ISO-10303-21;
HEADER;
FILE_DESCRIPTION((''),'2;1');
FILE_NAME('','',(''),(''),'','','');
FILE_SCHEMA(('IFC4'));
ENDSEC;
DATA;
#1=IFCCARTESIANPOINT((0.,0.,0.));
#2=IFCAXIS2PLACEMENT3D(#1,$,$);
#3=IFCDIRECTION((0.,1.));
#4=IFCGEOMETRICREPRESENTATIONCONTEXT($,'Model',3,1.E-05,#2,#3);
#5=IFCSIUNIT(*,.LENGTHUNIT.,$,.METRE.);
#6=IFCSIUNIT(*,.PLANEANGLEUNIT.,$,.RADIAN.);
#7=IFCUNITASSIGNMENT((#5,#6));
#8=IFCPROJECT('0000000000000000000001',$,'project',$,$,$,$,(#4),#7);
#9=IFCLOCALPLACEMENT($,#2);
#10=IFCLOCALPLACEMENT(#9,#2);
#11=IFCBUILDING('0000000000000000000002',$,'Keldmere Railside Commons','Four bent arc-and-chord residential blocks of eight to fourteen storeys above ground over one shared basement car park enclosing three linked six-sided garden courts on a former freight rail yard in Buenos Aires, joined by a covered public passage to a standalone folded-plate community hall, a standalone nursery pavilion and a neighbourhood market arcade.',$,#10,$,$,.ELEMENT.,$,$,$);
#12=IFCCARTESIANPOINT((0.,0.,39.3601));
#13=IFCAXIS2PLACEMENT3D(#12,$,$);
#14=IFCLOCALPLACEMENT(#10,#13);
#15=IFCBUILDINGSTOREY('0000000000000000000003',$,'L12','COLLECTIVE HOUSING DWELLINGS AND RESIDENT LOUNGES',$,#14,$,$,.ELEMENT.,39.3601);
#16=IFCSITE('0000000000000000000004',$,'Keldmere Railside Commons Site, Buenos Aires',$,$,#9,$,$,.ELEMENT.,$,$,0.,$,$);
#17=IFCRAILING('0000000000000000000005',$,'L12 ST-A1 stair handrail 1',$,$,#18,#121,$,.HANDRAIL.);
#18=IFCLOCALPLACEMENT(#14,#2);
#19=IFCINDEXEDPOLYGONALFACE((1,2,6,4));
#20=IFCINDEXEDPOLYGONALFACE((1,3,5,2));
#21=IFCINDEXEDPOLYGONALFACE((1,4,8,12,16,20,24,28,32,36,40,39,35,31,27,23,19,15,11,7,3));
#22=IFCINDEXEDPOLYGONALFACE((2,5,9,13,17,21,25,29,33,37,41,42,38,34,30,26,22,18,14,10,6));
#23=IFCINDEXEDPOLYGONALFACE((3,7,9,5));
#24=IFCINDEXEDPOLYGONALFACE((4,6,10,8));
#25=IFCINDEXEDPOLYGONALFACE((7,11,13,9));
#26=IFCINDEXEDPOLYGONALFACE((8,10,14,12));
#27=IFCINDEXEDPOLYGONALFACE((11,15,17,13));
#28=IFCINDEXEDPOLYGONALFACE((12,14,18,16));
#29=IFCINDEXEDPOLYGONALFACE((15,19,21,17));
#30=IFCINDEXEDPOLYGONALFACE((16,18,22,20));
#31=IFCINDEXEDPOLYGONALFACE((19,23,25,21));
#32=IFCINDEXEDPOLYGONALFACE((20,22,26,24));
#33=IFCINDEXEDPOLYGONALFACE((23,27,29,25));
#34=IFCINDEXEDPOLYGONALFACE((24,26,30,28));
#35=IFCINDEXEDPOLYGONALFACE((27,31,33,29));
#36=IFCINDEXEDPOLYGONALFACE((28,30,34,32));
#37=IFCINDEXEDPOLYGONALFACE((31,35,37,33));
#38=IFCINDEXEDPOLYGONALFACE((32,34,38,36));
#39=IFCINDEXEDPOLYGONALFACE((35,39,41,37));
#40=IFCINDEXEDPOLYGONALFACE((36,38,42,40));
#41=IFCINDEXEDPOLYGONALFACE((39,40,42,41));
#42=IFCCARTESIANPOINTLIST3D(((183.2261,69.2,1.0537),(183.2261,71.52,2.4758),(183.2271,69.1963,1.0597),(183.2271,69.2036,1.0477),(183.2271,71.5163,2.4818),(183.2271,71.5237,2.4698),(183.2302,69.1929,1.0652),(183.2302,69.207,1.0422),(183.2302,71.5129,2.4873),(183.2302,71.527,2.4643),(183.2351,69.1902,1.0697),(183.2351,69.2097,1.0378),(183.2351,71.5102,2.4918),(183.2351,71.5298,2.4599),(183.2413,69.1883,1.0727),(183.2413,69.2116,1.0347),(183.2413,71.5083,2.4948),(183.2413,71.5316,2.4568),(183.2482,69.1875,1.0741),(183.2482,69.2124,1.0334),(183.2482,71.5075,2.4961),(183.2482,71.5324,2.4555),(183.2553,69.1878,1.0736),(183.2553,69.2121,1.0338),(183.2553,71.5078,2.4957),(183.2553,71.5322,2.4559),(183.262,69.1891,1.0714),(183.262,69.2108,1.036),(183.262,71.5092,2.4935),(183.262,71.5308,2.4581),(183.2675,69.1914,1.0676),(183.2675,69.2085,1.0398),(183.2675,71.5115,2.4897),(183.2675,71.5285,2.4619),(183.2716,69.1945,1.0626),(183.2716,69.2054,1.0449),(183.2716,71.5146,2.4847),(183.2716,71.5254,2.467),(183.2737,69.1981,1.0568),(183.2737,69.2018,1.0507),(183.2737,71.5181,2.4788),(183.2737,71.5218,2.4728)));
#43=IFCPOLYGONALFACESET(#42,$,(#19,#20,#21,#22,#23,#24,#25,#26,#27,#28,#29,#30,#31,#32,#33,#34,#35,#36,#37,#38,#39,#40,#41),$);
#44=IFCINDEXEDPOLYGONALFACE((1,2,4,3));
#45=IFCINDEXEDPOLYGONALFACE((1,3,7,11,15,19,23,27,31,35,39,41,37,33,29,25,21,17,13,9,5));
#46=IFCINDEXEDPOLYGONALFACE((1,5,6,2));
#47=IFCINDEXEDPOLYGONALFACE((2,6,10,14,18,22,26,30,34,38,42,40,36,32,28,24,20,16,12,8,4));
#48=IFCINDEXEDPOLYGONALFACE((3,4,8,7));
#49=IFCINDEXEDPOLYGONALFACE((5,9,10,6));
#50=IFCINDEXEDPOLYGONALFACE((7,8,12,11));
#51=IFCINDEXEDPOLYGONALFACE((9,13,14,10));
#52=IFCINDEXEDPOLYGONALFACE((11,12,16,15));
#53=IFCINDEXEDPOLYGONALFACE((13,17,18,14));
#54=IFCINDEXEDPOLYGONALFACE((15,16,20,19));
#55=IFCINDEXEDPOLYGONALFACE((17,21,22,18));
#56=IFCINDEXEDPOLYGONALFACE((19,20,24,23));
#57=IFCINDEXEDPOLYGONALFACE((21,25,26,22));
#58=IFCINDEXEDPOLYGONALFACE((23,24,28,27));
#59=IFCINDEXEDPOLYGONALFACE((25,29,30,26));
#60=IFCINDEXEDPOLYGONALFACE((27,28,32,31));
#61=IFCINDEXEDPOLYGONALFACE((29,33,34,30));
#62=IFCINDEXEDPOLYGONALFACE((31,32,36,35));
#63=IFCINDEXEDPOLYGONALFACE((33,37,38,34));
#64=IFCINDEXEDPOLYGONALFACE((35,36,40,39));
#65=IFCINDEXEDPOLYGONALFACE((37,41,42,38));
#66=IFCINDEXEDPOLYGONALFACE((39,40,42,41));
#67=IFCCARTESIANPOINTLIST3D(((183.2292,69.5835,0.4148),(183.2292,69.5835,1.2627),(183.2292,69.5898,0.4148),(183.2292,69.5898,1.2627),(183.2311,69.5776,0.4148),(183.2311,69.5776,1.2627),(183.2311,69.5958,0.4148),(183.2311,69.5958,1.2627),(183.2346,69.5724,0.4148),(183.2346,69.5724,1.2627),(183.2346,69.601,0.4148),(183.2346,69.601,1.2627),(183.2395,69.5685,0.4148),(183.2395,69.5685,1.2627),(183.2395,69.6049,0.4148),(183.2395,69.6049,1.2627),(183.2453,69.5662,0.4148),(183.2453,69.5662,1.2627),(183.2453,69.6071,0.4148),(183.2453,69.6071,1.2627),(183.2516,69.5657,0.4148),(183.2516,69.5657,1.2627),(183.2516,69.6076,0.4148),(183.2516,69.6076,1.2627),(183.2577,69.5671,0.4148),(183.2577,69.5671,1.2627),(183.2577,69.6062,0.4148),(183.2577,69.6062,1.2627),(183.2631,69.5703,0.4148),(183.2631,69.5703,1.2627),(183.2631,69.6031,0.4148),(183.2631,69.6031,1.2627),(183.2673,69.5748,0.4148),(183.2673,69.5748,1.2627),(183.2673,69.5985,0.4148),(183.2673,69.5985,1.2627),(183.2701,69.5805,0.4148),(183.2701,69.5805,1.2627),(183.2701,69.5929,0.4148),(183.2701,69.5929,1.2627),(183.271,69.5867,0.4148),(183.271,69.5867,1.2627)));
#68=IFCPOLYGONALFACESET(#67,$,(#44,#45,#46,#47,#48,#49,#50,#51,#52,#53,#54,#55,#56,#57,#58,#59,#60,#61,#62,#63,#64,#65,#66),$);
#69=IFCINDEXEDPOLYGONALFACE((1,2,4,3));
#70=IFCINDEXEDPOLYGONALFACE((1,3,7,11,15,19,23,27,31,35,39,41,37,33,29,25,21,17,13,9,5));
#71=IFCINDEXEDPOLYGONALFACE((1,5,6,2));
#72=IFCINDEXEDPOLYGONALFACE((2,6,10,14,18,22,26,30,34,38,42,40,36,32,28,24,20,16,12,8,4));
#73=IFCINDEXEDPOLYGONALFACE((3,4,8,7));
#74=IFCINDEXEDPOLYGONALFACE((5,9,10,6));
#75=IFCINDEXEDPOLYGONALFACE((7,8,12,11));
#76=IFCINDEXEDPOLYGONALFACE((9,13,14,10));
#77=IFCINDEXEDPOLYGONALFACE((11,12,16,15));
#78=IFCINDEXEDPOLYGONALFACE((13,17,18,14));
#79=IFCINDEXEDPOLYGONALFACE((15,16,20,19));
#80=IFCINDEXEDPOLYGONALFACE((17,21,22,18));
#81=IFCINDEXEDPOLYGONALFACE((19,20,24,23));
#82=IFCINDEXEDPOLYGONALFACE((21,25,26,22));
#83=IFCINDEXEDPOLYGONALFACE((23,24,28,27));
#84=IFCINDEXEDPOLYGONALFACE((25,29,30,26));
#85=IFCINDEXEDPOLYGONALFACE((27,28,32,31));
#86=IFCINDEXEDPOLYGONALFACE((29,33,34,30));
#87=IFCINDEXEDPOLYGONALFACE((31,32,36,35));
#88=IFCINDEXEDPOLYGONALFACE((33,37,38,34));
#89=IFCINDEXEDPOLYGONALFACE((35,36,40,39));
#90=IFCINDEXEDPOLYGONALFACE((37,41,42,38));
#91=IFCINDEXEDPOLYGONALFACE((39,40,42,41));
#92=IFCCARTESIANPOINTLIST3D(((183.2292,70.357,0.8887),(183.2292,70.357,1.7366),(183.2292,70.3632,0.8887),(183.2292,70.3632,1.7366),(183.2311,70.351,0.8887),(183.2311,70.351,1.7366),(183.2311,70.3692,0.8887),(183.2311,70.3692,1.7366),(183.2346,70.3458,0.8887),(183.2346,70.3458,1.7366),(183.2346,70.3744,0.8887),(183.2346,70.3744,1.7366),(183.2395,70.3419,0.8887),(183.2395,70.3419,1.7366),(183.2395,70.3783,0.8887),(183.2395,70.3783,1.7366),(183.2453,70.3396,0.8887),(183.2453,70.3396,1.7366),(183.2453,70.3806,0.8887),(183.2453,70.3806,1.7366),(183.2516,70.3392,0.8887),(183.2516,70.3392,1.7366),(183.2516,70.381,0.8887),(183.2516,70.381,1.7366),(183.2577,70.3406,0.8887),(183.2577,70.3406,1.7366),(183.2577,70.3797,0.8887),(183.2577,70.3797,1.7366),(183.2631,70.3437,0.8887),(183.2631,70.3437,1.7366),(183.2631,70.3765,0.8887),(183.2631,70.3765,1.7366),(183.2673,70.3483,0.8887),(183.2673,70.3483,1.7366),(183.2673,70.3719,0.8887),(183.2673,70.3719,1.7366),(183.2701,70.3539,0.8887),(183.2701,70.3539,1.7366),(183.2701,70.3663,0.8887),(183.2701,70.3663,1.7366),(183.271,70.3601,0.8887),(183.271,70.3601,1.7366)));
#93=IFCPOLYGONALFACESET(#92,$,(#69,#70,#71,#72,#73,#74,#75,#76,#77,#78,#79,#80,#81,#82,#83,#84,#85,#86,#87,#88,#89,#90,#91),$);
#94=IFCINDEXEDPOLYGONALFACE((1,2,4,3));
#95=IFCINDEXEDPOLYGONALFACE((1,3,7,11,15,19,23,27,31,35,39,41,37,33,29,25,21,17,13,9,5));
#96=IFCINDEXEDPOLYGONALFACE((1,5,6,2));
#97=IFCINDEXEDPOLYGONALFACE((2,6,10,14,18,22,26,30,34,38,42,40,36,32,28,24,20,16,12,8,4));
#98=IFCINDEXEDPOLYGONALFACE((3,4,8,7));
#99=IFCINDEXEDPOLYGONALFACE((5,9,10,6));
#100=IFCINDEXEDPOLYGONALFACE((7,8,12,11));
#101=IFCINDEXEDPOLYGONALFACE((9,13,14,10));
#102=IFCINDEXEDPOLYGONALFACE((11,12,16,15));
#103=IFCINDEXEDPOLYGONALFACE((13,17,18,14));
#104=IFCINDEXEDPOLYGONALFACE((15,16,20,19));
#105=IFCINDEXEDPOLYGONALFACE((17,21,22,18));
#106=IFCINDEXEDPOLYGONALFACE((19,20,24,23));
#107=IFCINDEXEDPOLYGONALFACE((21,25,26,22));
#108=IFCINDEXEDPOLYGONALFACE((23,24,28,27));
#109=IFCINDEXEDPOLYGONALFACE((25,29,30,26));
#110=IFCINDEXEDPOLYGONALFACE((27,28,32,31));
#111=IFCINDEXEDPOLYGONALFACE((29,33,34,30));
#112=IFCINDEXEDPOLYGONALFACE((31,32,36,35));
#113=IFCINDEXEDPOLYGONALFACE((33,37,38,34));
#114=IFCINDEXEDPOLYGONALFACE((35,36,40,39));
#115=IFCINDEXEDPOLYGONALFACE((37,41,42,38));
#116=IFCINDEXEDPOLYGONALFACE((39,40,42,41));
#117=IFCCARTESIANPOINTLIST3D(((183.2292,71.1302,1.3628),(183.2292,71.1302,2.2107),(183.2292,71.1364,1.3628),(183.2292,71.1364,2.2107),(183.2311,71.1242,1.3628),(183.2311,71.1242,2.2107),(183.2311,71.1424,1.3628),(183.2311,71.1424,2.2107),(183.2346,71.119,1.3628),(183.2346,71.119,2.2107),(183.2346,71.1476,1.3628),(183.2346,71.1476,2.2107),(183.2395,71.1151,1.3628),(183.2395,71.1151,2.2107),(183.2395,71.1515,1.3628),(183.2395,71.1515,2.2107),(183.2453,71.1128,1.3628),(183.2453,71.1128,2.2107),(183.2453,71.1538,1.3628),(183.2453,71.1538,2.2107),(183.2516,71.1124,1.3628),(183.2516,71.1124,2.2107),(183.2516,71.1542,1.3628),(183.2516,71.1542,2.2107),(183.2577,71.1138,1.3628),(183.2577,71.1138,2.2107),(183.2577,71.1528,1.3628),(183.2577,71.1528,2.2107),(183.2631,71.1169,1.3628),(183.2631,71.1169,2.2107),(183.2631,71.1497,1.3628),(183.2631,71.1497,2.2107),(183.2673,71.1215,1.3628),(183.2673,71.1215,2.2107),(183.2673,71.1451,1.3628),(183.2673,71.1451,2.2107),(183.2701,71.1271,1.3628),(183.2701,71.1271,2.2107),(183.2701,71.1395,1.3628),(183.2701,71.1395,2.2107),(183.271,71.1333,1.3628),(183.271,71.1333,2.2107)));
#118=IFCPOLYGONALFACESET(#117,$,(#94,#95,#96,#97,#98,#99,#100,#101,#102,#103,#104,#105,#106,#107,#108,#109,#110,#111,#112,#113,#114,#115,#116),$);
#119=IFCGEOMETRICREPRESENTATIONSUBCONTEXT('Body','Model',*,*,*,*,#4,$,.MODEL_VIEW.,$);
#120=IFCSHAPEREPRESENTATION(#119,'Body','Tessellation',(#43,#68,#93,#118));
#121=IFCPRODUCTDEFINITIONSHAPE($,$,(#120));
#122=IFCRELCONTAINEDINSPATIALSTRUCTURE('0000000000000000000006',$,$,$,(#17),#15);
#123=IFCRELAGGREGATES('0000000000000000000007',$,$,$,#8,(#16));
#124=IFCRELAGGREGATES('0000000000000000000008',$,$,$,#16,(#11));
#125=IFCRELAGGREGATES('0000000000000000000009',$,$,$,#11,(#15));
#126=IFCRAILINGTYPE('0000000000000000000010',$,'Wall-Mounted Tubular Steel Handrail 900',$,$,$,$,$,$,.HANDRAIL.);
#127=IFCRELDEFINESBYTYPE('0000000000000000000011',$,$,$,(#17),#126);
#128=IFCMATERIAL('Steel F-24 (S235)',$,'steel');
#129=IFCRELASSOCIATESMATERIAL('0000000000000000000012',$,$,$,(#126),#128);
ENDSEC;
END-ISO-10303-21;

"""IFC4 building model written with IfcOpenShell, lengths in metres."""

from ifc_helpers import new_model, si_unit, direction, frame, origin, origin_2d, place, context, subcontext, project, spatial, circle, extrude, material, type_object, element, save


model = new_model("IFC4")

# Units and contexts
model_context = context("Model", 3, precision=1e-05, world=origin(), true_north=direction((0.0, 1.0)))
body_context = subcontext(model_context, "Body", "Model", "MODEL_VIEW")
ifc_project = project(units=[si_unit("LENGTHUNIT", "METRE"), si_unit("PLANEANGLEUNIT", "RADIAN")], contexts=[model_context])

# Site, building, storey
site_placement = place(None, origin())
site = spatial("IfcSite", under=ifc_project, at=site_placement, Name="Keldmere Railside Commons Site, Buenos Aires", CompositionType="ELEMENT", RefElevation=0.0)
building_placement = place(site_placement, origin())
building = spatial("IfcBuilding", under=site, at=building_placement, Name="Keldmere Railside Commons", Description="Four bent arc-and-chord residential blocks of eight to fourteen storeys above ground over one shared basement car park enclosing three linked six-sided garden courts on a former freight rail yard in Buenos Aires, joined by a covered public passage to a standalone folded-plate community hall, a standalone nursery pavilion and a neighbourhood market arcade.", CompositionType="ELEMENT")
storey_placement = place(building_placement, frame((0.0, 0.0, 39.3601)))
storey = spatial("IfcBuildingStorey", under=building, at=storey_placement, Name="L12", Description="COLLECTIVE HOUSING DWELLINGS AND RESIDENT LOUNGES", CompositionType="ELEMENT", Elevation=39.3601)

# Railing
ifc_material_1 = material(Name="Steel F-24 (S235)", Category="steel")
railing_type_1 = type_object("IfcRailingType", Name="Wall-Mounted Tubular Steel Handrail 900", PredefinedType="HANDRAIL", material=ifc_material_1)
railing_1_placement = place(storey_placement, frame((183.25, 69.2, 0.1777)))
element("IfcRailing", 1, at=railing_1_placement, inside=storey, type_object=railing_type_1, Name="L12 ST-A1 stair handrail 1", PredefinedType="HANDRAIL", context=body_context, shape_type="SweptSolid", body=[
    extrude(circle(Radius=0.0239, at=origin_2d()), frame((0.0, 0.0, 0.876), z_axis=(0.0, 0.852578, 0.5226), x_axis=(-1.0, 0.0, 0.0)), (0.0, 0.0, 1.0), 2.7212),
    extrude(circle(Radius=0.021, at=origin_2d()), frame((0.0, 0.3867, 0.2371)), (0.0, 0.0, 1.0), 0.8479),
    extrude(circle(Radius=0.021, at=origin_2d()), frame((0.0, 1.1602, 0.7109)), (0.0, 0.0, 1.0), 0.8479),
    extrude(circle(Radius=0.021, at=origin_2d()), frame((0.0, 1.9333, 1.1851)), (0.0, 0.0, 1.0), 0.8479),
])

save(model, "model.ifc")
